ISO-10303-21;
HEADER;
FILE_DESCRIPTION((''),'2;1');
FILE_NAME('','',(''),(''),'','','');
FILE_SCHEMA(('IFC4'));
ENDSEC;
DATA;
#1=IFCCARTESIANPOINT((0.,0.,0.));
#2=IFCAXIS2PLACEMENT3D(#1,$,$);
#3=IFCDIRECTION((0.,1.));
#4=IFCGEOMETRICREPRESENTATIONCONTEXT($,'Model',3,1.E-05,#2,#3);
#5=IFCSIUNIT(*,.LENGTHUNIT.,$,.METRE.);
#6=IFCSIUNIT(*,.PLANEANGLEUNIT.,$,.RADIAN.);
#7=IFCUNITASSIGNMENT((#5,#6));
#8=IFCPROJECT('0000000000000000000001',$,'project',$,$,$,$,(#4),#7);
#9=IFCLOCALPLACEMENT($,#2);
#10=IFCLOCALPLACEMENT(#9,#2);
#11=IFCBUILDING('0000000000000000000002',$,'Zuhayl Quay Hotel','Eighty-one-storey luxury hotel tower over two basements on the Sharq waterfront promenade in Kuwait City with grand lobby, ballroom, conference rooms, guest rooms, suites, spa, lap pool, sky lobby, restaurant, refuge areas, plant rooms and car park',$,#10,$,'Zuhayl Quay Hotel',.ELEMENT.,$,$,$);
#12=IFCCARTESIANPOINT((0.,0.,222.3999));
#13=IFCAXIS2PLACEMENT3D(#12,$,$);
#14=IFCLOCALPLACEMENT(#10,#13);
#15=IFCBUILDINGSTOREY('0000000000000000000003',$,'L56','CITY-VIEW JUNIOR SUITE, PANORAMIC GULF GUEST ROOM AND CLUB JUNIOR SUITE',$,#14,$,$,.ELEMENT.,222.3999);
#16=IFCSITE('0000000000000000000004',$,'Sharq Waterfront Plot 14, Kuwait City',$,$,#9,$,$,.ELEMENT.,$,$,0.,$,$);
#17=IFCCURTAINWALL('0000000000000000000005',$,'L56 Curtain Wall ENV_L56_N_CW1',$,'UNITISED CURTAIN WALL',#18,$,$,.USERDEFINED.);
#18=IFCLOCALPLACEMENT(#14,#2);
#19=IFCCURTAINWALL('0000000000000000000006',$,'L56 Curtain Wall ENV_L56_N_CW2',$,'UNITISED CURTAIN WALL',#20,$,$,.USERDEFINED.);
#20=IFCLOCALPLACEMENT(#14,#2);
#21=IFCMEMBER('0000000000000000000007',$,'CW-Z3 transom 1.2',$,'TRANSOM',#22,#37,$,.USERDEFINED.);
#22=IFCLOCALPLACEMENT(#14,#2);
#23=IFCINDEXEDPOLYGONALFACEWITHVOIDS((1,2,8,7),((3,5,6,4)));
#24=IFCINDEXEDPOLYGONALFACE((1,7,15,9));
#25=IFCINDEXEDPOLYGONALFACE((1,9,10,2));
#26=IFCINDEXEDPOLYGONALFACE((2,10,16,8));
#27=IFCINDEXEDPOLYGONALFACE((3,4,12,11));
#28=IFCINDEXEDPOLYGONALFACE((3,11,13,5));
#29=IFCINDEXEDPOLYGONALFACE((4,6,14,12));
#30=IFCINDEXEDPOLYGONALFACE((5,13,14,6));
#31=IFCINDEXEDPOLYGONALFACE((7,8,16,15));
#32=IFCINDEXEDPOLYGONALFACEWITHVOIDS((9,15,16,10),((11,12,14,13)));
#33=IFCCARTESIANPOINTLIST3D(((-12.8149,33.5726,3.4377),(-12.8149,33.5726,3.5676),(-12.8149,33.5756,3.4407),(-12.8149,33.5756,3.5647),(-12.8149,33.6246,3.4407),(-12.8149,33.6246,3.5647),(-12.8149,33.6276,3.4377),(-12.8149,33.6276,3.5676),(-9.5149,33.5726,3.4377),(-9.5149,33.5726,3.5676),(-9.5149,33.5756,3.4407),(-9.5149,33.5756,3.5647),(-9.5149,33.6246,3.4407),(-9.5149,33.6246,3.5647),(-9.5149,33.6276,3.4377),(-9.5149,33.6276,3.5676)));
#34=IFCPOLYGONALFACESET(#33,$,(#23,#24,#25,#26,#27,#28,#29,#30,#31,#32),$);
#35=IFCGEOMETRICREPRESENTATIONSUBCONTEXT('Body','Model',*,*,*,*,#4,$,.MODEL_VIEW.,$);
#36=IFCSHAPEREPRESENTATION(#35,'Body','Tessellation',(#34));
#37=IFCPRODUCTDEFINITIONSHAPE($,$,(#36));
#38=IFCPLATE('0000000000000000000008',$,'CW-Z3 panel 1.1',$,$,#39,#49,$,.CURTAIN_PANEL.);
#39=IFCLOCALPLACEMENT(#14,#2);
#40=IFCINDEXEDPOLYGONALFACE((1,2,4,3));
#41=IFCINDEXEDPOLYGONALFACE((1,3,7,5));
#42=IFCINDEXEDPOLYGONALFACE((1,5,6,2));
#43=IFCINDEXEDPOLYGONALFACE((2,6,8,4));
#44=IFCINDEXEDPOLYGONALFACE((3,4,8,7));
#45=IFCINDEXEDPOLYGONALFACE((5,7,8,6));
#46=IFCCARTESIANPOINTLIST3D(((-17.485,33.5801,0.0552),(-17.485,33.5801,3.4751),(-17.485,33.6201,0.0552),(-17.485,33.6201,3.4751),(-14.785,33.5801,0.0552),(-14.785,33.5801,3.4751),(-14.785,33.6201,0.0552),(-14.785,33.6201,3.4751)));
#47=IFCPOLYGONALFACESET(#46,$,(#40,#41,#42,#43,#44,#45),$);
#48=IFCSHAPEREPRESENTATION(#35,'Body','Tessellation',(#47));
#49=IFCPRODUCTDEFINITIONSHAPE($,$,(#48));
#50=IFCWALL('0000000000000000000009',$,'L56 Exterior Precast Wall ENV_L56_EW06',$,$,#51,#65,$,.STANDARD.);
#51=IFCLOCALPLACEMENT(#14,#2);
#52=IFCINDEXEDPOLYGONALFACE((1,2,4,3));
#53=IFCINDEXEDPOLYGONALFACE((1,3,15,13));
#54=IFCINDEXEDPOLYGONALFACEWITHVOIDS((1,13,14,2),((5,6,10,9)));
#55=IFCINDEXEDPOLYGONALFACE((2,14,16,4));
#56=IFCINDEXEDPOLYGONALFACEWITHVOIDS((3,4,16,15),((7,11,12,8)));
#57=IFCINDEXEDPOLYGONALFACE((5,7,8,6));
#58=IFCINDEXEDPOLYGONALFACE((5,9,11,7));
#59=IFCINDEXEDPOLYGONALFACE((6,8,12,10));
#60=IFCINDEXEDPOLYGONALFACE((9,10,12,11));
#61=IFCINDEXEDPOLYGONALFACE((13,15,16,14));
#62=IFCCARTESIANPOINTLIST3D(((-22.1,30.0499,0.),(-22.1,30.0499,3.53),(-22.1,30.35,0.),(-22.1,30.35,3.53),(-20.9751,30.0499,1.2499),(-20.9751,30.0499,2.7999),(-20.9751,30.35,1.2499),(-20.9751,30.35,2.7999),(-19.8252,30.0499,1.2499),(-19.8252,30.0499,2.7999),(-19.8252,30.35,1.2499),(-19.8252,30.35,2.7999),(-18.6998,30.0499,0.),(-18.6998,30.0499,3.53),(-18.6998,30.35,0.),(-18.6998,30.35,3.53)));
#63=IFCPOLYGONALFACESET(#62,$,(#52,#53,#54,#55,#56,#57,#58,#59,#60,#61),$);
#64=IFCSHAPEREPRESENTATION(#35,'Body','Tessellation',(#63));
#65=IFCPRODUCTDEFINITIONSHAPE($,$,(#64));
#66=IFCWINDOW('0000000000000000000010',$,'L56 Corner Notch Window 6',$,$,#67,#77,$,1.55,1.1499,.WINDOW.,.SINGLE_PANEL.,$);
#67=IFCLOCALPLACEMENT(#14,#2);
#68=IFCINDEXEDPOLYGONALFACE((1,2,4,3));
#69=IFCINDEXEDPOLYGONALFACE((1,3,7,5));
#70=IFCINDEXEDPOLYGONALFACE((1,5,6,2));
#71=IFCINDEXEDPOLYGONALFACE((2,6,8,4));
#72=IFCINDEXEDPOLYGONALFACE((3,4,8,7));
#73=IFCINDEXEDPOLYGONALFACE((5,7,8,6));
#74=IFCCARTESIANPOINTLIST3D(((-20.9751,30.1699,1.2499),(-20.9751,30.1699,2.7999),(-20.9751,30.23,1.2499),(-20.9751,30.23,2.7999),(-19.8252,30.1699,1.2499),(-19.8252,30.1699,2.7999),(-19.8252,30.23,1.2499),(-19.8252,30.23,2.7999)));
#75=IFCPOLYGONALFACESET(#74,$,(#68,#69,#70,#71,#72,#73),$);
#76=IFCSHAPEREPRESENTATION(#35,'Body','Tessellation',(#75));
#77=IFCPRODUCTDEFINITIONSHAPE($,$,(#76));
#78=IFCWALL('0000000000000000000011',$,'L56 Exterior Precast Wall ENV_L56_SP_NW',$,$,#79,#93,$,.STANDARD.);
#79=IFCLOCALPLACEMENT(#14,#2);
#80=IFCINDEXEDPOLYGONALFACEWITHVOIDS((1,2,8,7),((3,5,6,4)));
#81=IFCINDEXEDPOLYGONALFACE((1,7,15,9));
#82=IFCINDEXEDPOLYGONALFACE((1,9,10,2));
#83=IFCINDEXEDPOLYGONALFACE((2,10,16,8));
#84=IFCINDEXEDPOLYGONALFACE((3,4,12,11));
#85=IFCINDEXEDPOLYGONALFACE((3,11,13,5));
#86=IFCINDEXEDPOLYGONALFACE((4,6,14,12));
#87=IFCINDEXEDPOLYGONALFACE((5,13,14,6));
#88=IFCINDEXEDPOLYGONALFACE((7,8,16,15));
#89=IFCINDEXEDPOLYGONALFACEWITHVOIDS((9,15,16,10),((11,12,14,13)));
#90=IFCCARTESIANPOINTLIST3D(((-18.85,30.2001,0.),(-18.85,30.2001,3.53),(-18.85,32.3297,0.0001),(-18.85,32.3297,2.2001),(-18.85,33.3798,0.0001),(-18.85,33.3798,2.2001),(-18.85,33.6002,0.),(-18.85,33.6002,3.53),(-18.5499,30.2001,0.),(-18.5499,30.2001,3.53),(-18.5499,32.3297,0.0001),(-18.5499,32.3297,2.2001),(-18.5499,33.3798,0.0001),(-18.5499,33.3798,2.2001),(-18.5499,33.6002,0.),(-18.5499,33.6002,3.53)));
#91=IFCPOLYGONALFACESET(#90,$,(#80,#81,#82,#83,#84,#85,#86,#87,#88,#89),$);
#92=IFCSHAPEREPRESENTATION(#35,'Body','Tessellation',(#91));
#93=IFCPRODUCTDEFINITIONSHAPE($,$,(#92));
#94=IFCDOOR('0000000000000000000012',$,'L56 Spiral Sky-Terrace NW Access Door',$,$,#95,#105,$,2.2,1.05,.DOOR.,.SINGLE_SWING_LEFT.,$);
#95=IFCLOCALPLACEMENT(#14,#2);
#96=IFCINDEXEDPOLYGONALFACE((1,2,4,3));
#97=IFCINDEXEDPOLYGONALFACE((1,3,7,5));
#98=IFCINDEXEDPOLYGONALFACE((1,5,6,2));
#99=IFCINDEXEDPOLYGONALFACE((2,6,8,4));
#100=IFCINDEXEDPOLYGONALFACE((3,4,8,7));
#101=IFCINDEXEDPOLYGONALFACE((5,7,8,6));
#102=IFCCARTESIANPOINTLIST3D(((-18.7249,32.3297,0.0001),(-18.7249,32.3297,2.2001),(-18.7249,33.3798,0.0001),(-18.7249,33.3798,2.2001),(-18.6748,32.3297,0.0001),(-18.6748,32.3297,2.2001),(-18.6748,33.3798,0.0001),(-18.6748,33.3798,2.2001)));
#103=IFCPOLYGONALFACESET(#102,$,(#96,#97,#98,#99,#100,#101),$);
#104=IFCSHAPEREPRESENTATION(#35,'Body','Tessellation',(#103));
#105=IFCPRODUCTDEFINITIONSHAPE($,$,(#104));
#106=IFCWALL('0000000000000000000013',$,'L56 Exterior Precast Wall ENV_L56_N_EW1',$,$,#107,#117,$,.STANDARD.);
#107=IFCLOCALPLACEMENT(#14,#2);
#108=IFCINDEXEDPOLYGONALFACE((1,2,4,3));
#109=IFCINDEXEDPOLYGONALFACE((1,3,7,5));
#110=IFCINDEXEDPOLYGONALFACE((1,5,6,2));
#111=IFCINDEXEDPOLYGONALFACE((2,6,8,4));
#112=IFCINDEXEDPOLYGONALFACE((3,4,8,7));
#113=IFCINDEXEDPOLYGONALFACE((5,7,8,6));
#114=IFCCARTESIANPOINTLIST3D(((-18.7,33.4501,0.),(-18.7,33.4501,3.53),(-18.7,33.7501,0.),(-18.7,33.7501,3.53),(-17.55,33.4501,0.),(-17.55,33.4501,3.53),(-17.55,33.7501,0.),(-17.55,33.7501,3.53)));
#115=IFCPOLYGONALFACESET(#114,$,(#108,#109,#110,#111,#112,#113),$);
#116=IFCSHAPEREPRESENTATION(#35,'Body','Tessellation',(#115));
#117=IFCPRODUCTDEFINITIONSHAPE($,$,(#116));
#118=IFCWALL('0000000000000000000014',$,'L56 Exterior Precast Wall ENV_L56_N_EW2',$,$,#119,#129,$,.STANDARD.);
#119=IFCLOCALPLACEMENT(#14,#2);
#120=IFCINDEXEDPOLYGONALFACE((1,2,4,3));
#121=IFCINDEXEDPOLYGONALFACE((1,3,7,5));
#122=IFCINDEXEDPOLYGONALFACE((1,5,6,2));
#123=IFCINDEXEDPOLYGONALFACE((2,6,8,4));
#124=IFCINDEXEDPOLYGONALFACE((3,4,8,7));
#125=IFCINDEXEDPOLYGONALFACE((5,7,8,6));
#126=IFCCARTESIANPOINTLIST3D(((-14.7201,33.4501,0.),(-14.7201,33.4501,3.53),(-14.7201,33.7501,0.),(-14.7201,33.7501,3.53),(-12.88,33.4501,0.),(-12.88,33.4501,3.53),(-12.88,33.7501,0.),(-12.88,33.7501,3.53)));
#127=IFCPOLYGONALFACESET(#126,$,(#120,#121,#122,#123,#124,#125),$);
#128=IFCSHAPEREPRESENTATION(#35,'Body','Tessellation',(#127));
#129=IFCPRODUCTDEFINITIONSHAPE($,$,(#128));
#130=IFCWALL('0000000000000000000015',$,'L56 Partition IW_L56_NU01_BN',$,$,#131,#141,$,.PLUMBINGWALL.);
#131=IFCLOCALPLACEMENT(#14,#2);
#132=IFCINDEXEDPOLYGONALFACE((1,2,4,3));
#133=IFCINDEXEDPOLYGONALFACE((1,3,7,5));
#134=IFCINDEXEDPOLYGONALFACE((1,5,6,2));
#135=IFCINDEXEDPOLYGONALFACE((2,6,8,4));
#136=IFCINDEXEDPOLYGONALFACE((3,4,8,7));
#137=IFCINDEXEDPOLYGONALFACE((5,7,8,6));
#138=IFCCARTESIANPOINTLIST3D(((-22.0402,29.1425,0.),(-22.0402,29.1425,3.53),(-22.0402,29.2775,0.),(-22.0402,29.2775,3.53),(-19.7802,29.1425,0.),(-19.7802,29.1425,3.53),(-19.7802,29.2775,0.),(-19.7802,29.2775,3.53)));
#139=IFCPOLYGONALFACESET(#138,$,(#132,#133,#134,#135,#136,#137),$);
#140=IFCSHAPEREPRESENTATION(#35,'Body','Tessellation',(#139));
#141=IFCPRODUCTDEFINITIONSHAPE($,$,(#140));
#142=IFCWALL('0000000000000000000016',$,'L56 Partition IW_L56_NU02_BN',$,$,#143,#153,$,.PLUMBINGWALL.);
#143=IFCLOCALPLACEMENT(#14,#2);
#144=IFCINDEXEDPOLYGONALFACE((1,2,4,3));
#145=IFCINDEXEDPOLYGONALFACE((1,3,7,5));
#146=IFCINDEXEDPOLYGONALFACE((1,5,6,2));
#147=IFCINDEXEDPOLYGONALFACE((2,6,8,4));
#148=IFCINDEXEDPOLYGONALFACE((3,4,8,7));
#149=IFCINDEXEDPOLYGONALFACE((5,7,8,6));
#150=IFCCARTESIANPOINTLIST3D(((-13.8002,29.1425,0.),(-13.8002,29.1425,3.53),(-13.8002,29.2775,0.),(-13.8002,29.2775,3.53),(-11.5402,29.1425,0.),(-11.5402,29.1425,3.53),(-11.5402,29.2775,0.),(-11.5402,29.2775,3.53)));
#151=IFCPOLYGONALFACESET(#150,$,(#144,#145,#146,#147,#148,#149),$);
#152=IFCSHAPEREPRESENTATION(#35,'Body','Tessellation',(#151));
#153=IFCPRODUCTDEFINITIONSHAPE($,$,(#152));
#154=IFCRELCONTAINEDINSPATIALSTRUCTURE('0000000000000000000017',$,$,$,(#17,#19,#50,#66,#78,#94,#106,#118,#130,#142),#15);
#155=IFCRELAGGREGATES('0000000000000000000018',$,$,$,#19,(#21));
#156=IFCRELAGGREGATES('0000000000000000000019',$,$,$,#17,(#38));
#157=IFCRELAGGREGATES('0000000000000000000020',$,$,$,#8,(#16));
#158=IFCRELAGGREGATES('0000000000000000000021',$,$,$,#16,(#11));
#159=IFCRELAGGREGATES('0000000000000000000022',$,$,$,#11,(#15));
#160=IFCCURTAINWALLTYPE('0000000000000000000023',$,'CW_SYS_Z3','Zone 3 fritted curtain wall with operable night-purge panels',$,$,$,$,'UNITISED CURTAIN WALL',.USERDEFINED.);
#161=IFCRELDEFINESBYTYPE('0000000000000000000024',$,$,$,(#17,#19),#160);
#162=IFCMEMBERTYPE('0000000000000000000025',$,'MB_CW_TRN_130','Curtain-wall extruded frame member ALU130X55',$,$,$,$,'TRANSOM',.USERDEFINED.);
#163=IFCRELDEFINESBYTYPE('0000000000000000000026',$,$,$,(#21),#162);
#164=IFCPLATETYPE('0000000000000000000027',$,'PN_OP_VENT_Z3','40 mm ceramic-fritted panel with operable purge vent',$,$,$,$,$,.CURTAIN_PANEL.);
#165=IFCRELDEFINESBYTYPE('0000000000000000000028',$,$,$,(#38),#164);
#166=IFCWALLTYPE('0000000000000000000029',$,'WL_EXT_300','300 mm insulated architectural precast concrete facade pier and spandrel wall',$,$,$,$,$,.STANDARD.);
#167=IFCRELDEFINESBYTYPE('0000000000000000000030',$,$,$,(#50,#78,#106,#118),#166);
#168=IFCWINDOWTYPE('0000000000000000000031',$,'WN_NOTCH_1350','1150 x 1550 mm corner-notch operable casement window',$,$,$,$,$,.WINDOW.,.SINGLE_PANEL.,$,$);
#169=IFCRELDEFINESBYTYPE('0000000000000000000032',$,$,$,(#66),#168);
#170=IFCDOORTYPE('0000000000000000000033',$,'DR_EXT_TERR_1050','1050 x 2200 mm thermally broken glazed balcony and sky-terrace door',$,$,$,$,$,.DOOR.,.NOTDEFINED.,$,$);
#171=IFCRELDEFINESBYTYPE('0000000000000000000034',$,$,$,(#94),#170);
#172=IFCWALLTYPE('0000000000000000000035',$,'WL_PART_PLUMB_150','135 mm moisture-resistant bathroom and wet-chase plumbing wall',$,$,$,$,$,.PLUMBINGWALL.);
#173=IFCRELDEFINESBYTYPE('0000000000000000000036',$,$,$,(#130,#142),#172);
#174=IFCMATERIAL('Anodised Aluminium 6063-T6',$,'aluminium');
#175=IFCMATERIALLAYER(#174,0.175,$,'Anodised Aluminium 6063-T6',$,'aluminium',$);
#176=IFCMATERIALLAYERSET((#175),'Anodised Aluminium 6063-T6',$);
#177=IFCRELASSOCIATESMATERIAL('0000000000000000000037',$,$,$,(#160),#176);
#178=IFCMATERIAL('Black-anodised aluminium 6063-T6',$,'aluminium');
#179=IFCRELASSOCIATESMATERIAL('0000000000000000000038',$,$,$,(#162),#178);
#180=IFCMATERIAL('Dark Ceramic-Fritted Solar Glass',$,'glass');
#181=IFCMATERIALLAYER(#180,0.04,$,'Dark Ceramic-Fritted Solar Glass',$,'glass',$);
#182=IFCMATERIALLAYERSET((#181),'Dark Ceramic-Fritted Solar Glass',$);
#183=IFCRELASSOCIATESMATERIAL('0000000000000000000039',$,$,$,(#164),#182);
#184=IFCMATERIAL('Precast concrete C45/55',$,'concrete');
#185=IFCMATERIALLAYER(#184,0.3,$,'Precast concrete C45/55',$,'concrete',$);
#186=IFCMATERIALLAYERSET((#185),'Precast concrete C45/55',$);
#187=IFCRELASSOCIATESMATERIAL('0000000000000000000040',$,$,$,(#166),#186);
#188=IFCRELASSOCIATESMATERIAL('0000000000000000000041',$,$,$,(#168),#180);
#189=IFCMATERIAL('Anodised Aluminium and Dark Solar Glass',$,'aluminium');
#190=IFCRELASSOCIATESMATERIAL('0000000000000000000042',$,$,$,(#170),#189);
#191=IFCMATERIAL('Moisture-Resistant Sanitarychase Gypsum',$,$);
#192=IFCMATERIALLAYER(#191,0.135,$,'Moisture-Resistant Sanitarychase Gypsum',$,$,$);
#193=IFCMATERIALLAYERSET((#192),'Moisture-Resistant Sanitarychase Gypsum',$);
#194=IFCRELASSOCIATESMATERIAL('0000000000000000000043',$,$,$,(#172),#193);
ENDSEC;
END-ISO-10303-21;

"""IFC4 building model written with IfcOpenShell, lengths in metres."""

from ifc_helpers import new_model, si_unit, direction, frame, frame_2d, origin, origin_2d, place, context, subcontext, project, spatial, rectangle, hollow_rectangle, extrude, material, layer, layer_set, material_profile, profile_set, type_object, element, fill, aggregate, save


model = new_model("IFC4")

# Units and contexts
model_context = context("Model", 3, precision=1e-05, world=origin(), true_north=direction((0.0, 1.0)))
body_context = subcontext(model_context, "Body", "Model", "MODEL_VIEW")
ifc_project = project(units=[si_unit("LENGTHUNIT", "METRE"), si_unit("PLANEANGLEUNIT", "RADIAN")], contexts=[model_context])

# Site, building, storey
site_placement = place(None, origin())
site = spatial("IfcSite", under=ifc_project, at=site_placement, Name="Sharq Waterfront Plot 14, Kuwait City", CompositionType="ELEMENT", RefElevation=0.0)
building_placement = place(site_placement, origin())
building = spatial("IfcBuilding", under=site, at=building_placement, Name="Zuhayl Quay Hotel", Description="Eighty-one-storey luxury hotel tower over two basements on the Sharq waterfront promenade in Kuwait City with grand lobby, ballroom, conference rooms, guest rooms, suites, spa, lap pool, sky lobby, restaurant, refuge areas, plant rooms and car park", LongName="Zuhayl Quay Hotel", CompositionType="ELEMENT")
storey_placement = place(building_placement, frame((0.0, 0.0, 222.3999)))
storey = spatial("IfcBuildingStorey", under=building, at=storey_placement, Name="L56", Description="CITY-VIEW JUNIOR SUITE, PANORAMIC GULF GUEST ROOM AND CLUB JUNIOR SUITE", CompositionType="ELEMENT", Elevation=222.3999)

# Curtain wall
ifc_material_1 = material(Name="Anodised Aluminium 6063-T6", Category="aluminium")
ifc_layer_1 = layer(ifc_material_1, 0.175, Name="Anodised Aluminium 6063-T6", Category="aluminium")
ifc_layer_set_1 = layer_set([ifc_layer_1], Name="Anodised Aluminium 6063-T6")
curtain_wall_type = type_object("IfcCurtainWallType", Name="CW_SYS_Z3", Description="Zone 3 fritted curtain wall with operable night-purge panels", ElementType="UNITISED CURTAIN WALL", PredefinedType="USERDEFINED", material=ifc_layer_set_1)
curtain_wall_1_placement = place(storey_placement, origin())
curtain_wall_1 = element("IfcCurtainWall", 1, at=curtain_wall_1_placement, inside=storey, type_object=curtain_wall_type, Name="L56 Curtain Wall ENV_L56_N_CW1", ObjectType="UNITISED CURTAIN WALL", PredefinedType="USERDEFINED")
ifc_material_2 = material(Name="Black-anodised aluminium 6063-T6", Category="aluminium")

# Curtain wall
curtain_wall_2_placement = place(storey_placement, origin())
curtain_wall_2 = element("IfcCurtainWall", 2, at=curtain_wall_2_placement, inside=storey, type_object=curtain_wall_type, Name="L56 Curtain Wall ENV_L56_N_CW2", ObjectType="UNITISED CURTAIN WALL", PredefinedType="USERDEFINED")

# Member
ifc_material_profile_1 = material_profile(ifc_material_2, hollow_rectangle(XDim=0.0549, YDim=0.1299, WallThickness=0.0029, at=origin_2d()), Name="ALU130X55")
ifc_profile_set_1 = profile_set([ifc_material_profile_1], Name="Black-anodised aluminium 6063-T6")
member_type_1 = type_object("IfcMemberType", Name="MB_CW_TRN_130", Description="Curtain-wall extruded frame member ALU130X55", ElementType="TRANSOM", PredefinedType="USERDEFINED", material=ifc_profile_set_1)
member_1_placement = place(storey_placement, frame((-12.8149, 33.6001, 3.5027), z_axis=(1.0, 0.0, 0.0), x_axis=(0.0, 1.0, 0.0)))
member_1 = element("IfcMember", 3, at=member_1_placement, type_object=member_type_1, Name="CW-Z3 transom 1.2", ObjectType="TRANSOM", PredefinedType="USERDEFINED", context=body_context, shape_type="SweptSolid", body=[
    extrude(hollow_rectangle(XDim=0.0549, YDim=0.1299, WallThickness=0.0029, at=origin_2d()), origin(), (0.0, 0.0, 1.0), 3.3),
])
aggregate(curtain_wall_2, [member_1])

# Plate
ifc_material_3 = material(Name="Dark Ceramic-Fritted Solar Glass", Category="glass")
ifc_layer_2 = layer(ifc_material_3, 0.04, Name="Dark Ceramic-Fritted Solar Glass", Category="glass")
ifc_layer_set_2 = layer_set([ifc_layer_2], Name="Dark Ceramic-Fritted Solar Glass")
plate_type = type_object("IfcPlateType", Name="PN_OP_VENT_Z3", Description="40 mm ceramic-fritted panel with operable purge vent", PredefinedType="CURTAIN_PANEL", material=ifc_layer_set_2)
plate_placement = place(storey_placement, frame((-16.135, 33.6001, 0.0552), z_axis=(0.0, 0.0, 1.0), x_axis=(1.0, 0.0, 0.0)))
plate = element("IfcPlate", 4, at=plate_placement, type_object=plate_type, Name="CW-Z3 panel 1.1", PredefinedType="CURTAIN_PANEL", context=body_context, shape_type="SweptSolid", body=[
    extrude(rectangle(XDim=2.7, YDim=0.04, at=origin_2d()), origin(), (0.0, 0.0, 1.0), 3.4199),
])
aggregate(curtain_wall_1, [plate])

# Wall, opening, window
ifc_material_4 = material(Name="Precast concrete C45/55", Category="concrete")
ifc_layer_3 = layer(ifc_material_4, 0.3, Name="Precast concrete C45/55", Category="concrete")
ifc_layer_set_3 = layer_set([ifc_layer_3], Name="Precast concrete C45/55")
wall_type_1 = type_object("IfcWallType", Name="WL_EXT_300", Description="300 mm insulated architectural precast concrete facade pier and spandrel wall", PredefinedType="STANDARD", material=ifc_layer_set_3)
wall_1_placement = place(storey_placement, frame((-22.1001, 30.2, 0.0), z_axis=(0.0, 0.0, 1.0), x_axis=(1.0, 0.0, 0.0)))
wall_1 = element("IfcWall", 5, at=wall_1_placement, inside=storey, type_object=wall_type_1, Name="L56 Exterior Precast Wall ENV_L56_EW06", PredefinedType="STANDARD", context=body_context, shape_type="SweptSolid", body=[
    extrude(rectangle(XDim=3.4001, YDim=0.3, at=frame_2d((1.7002, 0.0))), origin(), (0.0, 0.0, 1.0), 3.53),
])
opening_1_placement = place(wall_1_placement, frame((1.125, 0.0, 1.25)))
opening_1 = element("IfcOpeningElement", 6, at=opening_1_placement, cuts=wall_1, PredefinedType="OPENING", context=body_context, shape_type="SweptSolid", body=[
    extrude(rectangle(XDim=1.1499, YDim=1.55, at=frame_2d((0.575, 0.7749))), frame((0.0, 0.1599, 0.0), z_axis=(0.0, -1.0, 0.0), x_axis=(1.0, 0.0, 0.0)), (0.0, 0.0, 1.0), 0.3201),
])
window_type = type_object("IfcWindowType", Name="WN_NOTCH_1350", Description="1150 x 1550 mm corner-notch operable casement window", PartitioningType="SINGLE_PANEL", PredefinedType="WINDOW", material=ifc_material_3)
window_placement = place(opening_1_placement, origin())
window = element("IfcWindow", 7, at=window_placement, inside=storey, type_object=window_type, Name="L56 Corner Notch Window 6", OverallHeight=1.55, OverallWidth=1.1499, PartitioningType="SINGLE_PANEL", PredefinedType="WINDOW", context=body_context, shape_type="SweptSolid", body=[
    extrude(rectangle(XDim=1.1499, YDim=1.55, at=frame_2d((0.575, 0.7749))), frame((0.0, 0.03, 0.0), z_axis=(0.0, -1.0, 0.0), x_axis=(1.0, 0.0, 0.0)), (0.0, 0.0, 1.0), 0.0601),
])
fill(opening_1, window)

# Wall, opening, door
wall_2_placement = place(storey_placement, frame((-18.7, 30.2, 0.0), z_axis=(0.0, 0.0, 1.0), x_axis=(0.0, 1.0, 0.0)))
wall_2 = element("IfcWall", 8, at=wall_2_placement, inside=storey, type_object=wall_type_1, Name="L56 Exterior Precast Wall ENV_L56_SP_NW", PredefinedType="STANDARD", context=body_context, shape_type="SweptSolid", body=[
    extrude(rectangle(XDim=3.4001, YDim=0.3, at=frame_2d((1.7002, 0.0))), origin(), (0.0, 0.0, 1.0), 3.53),
])
opening_2_placement = place(wall_2_placement, frame((2.1299, 0.0, 0.0)))
opening_2 = element("IfcOpeningElement", 9, at=opening_2_placement, cuts=wall_2, PredefinedType="OPENING", context=body_context, shape_type="SweptSolid", body=[
    extrude(rectangle(XDim=1.05, YDim=2.2, at=frame_2d((0.5249, 1.1001))), frame((0.0, 0.1599, 0.0), z_axis=(0.0, -1.0, 0.0), x_axis=(1.0, 0.0, 0.0)), (0.0, 0.0, 1.0), 0.3201),
])
ifc_material_5 = material(Name="Anodised Aluminium and Dark Solar Glass", Category="aluminium")
door_type = type_object("IfcDoorType", Name="DR_EXT_TERR_1050", Description="1050 x 2200 mm thermally broken glazed balcony and sky-terrace door", OperationType="NOTDEFINED", PredefinedType="DOOR", material=ifc_material_5)
door_placement = place(opening_2_placement, origin())
door = element("IfcDoor", 10, at=door_placement, inside=storey, type_object=door_type, Name="L56 Spiral Sky-Terrace NW Access Door", OperationType="SINGLE_SWING_LEFT", OverallHeight=2.2, OverallWidth=1.05, PredefinedType="DOOR", context=body_context, shape_type="SweptSolid", body=[
    extrude(rectangle(XDim=1.05, YDim=2.2, at=frame_2d((0.5249, 1.1001))), frame((0.0, 0.0249, 0.0), z_axis=(0.0, -1.0, 0.0), x_axis=(1.0, 0.0, 0.0)), (0.0, 0.0, 1.0), 0.05),
])
fill(opening_2, door)

# Walls
wall_3_placement = place(storey_placement, frame((-18.7, 33.6001, 0.0), z_axis=(0.0, 0.0, 1.0), x_axis=(1.0, 0.0, 0.0)))
element("IfcWall", 11, at=wall_3_placement, inside=storey, type_object=wall_type_1, Name="L56 Exterior Precast Wall ENV_L56_N_EW1", PredefinedType="STANDARD", context=body_context, shape_type="SweptSolid", body=[
    extrude(rectangle(XDim=1.1499, YDim=0.3, at=frame_2d((0.575, 0.0))), origin(), (0.0, 0.0, 1.0), 3.53),
])
wall_4_placement = place(storey_placement, frame((-14.72, 33.6001, 0.0), z_axis=(0.0, 0.0, 1.0), x_axis=(1.0, 0.0, 0.0)))
element("IfcWall", 12, at=wall_4_placement, inside=storey, type_object=wall_type_1, Name="L56 Exterior Precast Wall ENV_L56_N_EW2", PredefinedType="STANDARD", context=body_context, shape_type="SweptSolid", body=[
    extrude(rectangle(XDim=1.8401, YDim=0.3, at=frame_2d((0.9199, 0.0))), origin(), (0.0, 0.0, 1.0), 3.53),
])
ifc_material_6 = material(Name="Moisture-Resistant Sanitarychase Gypsum")
ifc_layer_4 = layer(ifc_material_6, 0.135, Name="Moisture-Resistant Sanitarychase Gypsum")
ifc_layer_set_4 = layer_set([ifc_layer_4], Name="Moisture-Resistant Sanitarychase Gypsum")
wall_type_2 = type_object("IfcWallType", Name="WL_PART_PLUMB_150", Description="135 mm moisture-resistant bathroom and wet-chase plumbing wall", PredefinedType="PLUMBINGWALL", material=ifc_layer_set_4)
for number, where, z_axis, x_axis, name in (
    (13, (-22.04, 29.21, 0.0), (0.0, 0.0, 1.0), (1.0, 0.0, 0.0), "L56 Partition IW_L56_NU01_BN"),
    (14, (-13.8, 29.21, 0.0), (0.0, 0.0, 1.0), (1.0, 0.0, 0.0), "L56 Partition IW_L56_NU02_BN"),
):
    element("IfcWall", number, at=place(storey_placement, frame(where, z_axis=z_axis, x_axis=x_axis)), inside=storey, type_object=wall_type_2, Name=name, PredefinedType="PLUMBINGWALL", context=body_context, shape_type="SweptSolid", body=[
        extrude(rectangle(XDim=2.26, YDim=0.135, at=frame_2d((1.1299, 0.0))), origin(), (0.0, 0.0, 1.0), 3.53),
    ])

save(model, "model.ifc")
